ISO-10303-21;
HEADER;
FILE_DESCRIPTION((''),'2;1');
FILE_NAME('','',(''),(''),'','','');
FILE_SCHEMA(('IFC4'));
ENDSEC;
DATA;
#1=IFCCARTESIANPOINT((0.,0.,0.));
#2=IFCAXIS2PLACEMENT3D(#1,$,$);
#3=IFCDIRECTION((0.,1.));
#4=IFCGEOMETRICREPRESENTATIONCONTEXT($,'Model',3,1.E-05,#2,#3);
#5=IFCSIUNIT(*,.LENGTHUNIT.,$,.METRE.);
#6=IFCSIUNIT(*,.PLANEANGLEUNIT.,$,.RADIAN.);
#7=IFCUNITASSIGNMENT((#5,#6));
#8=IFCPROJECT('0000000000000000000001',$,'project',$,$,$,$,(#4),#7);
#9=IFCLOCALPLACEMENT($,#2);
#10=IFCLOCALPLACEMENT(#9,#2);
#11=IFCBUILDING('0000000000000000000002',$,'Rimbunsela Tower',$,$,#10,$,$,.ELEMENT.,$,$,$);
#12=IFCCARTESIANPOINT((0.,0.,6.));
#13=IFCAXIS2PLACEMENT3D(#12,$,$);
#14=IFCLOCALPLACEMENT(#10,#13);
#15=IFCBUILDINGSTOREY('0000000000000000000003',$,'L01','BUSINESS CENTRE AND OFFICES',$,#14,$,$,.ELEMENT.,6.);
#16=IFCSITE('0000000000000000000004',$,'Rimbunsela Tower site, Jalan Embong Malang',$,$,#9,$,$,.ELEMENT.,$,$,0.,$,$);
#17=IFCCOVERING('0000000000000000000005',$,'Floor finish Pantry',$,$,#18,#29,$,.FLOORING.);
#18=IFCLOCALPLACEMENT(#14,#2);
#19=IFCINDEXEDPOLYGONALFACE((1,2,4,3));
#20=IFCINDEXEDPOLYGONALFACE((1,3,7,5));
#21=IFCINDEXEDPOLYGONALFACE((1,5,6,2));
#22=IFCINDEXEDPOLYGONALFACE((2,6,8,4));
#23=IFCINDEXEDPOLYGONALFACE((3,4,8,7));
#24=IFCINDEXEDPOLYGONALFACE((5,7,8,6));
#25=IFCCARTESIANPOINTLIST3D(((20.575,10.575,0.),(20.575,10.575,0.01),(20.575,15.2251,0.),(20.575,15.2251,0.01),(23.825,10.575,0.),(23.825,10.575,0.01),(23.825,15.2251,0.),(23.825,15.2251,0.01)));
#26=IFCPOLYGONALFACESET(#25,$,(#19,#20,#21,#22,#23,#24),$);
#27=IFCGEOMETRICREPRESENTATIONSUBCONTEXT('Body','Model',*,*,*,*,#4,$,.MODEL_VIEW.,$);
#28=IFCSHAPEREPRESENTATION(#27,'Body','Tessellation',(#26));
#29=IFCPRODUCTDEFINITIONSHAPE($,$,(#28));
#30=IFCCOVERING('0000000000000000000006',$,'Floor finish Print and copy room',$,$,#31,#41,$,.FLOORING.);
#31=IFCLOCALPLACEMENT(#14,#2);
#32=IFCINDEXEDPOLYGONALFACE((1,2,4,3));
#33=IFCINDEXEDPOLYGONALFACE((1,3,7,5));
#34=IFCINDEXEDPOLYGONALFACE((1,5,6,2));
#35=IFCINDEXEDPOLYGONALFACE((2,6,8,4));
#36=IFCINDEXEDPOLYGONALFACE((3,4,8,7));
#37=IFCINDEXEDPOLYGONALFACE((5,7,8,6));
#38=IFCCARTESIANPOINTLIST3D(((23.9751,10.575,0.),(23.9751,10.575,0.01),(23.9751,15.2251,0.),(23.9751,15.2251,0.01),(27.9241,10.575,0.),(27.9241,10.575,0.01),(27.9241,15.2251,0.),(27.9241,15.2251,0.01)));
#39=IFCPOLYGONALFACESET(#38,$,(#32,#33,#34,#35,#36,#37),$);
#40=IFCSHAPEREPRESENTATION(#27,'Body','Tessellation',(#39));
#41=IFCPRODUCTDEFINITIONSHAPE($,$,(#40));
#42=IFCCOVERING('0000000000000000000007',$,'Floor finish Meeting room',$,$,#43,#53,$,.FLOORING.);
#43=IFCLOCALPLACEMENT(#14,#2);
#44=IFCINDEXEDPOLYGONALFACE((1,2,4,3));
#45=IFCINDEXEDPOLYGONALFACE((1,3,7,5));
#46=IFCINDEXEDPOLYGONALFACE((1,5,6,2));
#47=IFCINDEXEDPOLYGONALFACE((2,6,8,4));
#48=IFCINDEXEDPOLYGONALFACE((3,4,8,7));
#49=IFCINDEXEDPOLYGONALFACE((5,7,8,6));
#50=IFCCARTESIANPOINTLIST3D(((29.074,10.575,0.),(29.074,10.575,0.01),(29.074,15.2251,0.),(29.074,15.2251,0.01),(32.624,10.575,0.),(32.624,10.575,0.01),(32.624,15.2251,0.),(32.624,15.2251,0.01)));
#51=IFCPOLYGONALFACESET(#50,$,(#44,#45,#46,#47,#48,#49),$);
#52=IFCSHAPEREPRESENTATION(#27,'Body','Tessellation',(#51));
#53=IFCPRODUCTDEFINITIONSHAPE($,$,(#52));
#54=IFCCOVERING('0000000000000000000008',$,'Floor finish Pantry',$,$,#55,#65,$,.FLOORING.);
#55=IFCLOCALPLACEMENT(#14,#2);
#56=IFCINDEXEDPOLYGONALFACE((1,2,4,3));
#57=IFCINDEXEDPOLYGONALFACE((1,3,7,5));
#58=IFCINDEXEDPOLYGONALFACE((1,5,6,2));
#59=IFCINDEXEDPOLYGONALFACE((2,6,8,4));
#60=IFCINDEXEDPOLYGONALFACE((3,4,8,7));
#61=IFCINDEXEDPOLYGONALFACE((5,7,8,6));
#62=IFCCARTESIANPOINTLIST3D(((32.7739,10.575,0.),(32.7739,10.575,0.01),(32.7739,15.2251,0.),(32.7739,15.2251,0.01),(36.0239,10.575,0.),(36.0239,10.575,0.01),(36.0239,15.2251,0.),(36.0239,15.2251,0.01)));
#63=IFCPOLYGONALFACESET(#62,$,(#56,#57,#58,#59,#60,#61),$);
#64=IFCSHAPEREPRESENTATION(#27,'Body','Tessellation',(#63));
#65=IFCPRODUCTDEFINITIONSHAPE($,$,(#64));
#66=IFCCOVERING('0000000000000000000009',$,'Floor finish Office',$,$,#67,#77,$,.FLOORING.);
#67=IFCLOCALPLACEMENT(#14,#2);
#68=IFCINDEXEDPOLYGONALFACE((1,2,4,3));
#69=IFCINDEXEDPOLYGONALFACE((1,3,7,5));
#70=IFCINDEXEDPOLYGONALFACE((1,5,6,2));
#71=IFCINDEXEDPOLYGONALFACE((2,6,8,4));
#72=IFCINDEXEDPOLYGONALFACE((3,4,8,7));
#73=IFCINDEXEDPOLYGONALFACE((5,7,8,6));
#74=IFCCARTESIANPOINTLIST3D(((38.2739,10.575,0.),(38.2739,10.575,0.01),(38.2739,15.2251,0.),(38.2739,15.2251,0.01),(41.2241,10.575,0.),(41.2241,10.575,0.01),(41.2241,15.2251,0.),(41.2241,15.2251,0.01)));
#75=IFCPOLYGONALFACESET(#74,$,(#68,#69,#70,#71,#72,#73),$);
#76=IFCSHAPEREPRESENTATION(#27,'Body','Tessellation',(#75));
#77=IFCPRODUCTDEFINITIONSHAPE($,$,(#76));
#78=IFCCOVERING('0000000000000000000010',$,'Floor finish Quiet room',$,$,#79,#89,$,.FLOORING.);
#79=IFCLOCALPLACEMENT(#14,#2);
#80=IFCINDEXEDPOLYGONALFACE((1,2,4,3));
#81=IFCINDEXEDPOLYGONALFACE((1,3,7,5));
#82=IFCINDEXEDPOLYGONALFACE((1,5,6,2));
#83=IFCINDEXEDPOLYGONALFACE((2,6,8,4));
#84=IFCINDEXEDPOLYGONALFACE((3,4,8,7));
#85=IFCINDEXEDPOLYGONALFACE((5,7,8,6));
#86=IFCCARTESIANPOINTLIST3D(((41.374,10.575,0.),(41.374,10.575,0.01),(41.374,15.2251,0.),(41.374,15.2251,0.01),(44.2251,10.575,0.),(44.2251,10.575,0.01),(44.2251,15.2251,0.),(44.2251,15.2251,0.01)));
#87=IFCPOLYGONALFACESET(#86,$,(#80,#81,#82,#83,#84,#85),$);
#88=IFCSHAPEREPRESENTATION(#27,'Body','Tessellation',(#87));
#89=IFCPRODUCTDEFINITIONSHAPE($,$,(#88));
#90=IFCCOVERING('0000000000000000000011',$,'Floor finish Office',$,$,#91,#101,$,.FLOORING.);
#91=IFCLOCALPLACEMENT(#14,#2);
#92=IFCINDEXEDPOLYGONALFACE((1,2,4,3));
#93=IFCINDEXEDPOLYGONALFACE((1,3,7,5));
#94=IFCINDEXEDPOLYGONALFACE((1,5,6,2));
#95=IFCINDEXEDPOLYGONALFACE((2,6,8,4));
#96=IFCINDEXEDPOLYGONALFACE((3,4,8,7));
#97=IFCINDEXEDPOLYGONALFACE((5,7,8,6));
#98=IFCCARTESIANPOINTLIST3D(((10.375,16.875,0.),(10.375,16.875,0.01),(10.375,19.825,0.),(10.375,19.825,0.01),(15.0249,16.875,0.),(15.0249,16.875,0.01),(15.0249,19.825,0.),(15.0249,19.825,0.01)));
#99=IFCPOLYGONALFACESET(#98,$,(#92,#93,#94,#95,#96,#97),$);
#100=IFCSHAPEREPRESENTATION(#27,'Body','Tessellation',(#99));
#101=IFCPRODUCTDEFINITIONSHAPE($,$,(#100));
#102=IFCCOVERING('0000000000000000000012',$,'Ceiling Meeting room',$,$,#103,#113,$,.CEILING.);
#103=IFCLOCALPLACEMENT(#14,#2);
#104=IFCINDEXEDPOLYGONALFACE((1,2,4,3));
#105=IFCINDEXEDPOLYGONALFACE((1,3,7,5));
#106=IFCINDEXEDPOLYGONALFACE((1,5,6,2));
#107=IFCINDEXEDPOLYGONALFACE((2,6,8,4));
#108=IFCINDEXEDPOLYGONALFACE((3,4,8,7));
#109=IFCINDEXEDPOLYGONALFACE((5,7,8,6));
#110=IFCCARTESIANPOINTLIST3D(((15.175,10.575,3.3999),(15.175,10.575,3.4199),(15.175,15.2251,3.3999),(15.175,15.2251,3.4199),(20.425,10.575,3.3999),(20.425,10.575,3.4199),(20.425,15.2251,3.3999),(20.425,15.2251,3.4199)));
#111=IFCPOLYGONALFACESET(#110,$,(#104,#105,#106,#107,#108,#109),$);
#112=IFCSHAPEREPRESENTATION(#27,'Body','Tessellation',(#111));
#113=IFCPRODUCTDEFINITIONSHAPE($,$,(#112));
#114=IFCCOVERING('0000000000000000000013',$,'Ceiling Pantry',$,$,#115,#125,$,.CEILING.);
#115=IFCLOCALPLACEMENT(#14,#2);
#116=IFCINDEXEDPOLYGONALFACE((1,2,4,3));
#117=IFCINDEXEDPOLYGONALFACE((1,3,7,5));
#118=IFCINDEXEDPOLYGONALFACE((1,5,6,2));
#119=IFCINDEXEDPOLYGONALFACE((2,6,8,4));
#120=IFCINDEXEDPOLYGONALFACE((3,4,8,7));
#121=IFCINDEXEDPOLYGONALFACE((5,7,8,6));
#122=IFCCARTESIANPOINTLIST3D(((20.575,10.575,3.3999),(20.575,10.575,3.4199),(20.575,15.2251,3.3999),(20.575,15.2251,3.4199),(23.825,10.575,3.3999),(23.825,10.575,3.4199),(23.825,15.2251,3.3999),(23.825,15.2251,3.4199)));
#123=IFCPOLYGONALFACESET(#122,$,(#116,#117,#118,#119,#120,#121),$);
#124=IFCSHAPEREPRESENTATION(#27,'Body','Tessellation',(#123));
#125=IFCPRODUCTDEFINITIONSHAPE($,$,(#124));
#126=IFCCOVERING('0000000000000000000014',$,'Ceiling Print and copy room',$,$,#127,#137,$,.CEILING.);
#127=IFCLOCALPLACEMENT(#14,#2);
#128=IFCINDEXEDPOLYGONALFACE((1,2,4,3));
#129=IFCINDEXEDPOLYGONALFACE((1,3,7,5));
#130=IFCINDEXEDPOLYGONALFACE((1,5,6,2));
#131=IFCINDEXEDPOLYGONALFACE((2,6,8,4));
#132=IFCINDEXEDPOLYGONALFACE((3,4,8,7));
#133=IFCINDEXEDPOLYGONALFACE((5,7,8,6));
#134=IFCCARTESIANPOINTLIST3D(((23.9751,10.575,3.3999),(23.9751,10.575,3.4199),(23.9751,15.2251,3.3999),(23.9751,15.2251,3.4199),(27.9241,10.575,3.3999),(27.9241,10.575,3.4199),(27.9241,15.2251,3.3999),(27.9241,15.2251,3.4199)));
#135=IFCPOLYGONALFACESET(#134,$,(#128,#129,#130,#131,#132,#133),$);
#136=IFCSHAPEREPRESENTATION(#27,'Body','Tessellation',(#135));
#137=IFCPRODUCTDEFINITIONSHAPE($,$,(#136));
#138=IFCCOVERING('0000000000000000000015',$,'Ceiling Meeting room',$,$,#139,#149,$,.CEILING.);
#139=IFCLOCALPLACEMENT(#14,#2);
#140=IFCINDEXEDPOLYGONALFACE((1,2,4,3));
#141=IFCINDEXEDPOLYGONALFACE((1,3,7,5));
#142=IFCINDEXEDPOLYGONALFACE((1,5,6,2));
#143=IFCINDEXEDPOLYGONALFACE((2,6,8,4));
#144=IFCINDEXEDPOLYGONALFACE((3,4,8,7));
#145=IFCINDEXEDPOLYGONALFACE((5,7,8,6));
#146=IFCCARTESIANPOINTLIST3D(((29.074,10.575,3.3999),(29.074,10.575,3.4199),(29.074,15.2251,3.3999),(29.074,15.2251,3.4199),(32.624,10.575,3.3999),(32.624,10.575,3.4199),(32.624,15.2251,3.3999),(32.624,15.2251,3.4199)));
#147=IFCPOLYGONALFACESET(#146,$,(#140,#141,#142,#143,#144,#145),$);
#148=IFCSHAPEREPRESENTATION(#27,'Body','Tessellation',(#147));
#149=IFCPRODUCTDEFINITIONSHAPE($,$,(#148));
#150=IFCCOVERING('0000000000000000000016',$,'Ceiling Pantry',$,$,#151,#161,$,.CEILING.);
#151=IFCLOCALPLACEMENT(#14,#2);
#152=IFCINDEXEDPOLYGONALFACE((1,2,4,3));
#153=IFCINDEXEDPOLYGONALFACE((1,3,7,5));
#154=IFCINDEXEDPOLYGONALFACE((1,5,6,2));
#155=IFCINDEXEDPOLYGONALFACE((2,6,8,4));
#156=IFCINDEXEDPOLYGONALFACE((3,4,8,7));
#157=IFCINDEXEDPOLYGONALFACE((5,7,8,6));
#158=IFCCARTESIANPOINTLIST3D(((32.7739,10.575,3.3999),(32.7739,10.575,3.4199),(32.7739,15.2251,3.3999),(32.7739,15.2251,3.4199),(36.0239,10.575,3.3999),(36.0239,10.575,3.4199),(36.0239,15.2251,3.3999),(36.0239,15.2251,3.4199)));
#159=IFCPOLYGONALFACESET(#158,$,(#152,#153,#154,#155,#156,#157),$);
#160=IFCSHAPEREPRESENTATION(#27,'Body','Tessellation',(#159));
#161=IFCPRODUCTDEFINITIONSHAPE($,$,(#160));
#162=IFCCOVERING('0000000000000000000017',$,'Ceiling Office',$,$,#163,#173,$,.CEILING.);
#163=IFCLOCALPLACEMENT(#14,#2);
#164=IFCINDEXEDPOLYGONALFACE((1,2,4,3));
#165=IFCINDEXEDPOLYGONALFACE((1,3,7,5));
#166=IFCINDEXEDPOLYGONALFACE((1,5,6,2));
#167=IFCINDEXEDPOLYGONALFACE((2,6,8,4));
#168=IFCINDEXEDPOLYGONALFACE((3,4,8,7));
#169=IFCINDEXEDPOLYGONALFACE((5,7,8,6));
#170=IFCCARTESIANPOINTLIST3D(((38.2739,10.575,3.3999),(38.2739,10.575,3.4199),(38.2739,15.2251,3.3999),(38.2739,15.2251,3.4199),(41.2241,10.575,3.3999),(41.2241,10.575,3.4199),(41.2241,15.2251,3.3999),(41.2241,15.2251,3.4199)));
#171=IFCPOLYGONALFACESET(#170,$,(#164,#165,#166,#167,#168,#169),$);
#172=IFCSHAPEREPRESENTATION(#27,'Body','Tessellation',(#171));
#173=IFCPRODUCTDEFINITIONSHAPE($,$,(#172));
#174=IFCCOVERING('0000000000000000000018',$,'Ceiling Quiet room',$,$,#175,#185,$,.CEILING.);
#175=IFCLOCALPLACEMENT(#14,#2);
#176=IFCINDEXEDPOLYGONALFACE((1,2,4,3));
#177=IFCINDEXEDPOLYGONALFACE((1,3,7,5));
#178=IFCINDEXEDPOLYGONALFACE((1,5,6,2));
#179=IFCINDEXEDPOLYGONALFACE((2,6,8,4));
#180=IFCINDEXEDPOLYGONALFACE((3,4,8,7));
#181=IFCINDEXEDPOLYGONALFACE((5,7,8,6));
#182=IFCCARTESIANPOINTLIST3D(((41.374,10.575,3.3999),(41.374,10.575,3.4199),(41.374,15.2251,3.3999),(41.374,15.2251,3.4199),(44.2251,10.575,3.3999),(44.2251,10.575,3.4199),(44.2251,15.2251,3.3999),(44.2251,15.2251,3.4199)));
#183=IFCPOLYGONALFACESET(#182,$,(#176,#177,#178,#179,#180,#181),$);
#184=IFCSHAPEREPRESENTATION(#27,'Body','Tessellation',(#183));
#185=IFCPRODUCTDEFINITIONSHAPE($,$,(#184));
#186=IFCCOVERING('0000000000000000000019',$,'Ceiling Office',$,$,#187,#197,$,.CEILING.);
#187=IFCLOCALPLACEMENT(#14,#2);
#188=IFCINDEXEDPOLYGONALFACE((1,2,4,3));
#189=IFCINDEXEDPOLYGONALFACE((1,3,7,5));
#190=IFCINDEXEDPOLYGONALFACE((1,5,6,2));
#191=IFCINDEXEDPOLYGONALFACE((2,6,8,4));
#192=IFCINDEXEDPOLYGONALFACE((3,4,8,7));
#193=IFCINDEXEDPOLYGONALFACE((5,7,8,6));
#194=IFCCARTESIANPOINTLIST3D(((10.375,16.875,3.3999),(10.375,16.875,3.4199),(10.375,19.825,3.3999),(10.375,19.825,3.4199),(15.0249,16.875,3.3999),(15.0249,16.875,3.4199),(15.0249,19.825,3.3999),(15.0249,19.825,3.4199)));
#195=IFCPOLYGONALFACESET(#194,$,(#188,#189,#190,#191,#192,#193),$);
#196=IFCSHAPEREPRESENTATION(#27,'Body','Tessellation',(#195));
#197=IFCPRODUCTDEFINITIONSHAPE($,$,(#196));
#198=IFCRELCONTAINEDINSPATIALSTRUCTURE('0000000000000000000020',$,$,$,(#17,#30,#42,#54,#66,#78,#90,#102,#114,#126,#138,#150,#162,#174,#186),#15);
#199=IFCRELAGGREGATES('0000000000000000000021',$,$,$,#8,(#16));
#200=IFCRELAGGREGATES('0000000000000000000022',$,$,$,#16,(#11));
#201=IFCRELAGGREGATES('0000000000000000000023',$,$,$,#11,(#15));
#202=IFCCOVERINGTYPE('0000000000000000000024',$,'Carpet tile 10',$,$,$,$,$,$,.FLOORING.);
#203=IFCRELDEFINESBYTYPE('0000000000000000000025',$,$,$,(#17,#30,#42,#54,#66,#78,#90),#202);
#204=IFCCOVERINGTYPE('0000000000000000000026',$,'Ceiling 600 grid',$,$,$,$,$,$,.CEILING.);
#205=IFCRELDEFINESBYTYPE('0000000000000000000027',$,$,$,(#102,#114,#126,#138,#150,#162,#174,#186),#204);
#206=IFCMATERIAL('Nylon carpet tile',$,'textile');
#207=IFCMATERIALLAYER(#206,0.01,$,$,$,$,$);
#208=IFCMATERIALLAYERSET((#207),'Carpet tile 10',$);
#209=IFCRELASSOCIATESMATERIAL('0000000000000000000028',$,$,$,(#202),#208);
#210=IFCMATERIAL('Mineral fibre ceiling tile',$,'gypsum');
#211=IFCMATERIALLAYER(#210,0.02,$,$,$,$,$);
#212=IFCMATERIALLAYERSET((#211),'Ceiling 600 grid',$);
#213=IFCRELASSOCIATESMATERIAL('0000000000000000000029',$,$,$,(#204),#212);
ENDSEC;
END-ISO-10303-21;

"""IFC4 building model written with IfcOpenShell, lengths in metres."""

from ifc_helpers import new_model, si_unit, direction, frame, origin, place, context, subcontext, project, spatial, polyline, outline, extrude, material, layer, layer_set, type_object, element, save


model = new_model("IFC4")

# Units and contexts
model_context = context("Model", 3, precision=1e-05, world=origin(), true_north=direction((0.0, 1.0)))
body_context = subcontext(model_context, "Body", "Model", "MODEL_VIEW")
ifc_project = project(units=[si_unit("LENGTHUNIT", "METRE"), si_unit("PLANEANGLEUNIT", "RADIAN")], contexts=[model_context])

# Site, building, storey
site_placement = place(None, origin())
site = spatial("IfcSite", under=ifc_project, at=site_placement, Name="Rimbunsela Tower site, Jalan Embong Malang", CompositionType="ELEMENT", RefElevation=0.0)
building_placement = place(site_placement, origin())
building = spatial("IfcBuilding", under=site, at=building_placement, Name="Rimbunsela Tower", CompositionType="ELEMENT")
storey_placement = place(building_placement, frame((0.0, 0.0, 6.0)))
storey = spatial("IfcBuildingStorey", under=building, at=storey_placement, Name="L01", Description="BUSINESS CENTRE AND OFFICES", CompositionType="ELEMENT", Elevation=6.0)

# Coverings
ifc_material_1 = material(Name="Nylon carpet tile", Category="textile")
ifc_layer_1 = layer(ifc_material_1, 0.01)
ifc_layer_set_1 = layer_set([ifc_layer_1], Name="Carpet tile 10")
covering_type_1 = type_object("IfcCoveringType", Name="Carpet tile 10", PredefinedType="FLOORING", material=ifc_layer_set_1)
covering_1_placement = place(storey_placement, origin())
element("IfcCovering", 1, at=covering_1_placement, inside=storey, type_object=covering_type_1, Name="Floor finish Pantry", PredefinedType="FLOORING", context=body_context, shape_type="SweptSolid", body=[
    extrude(outline(polyline([(23.825, 10.575), (23.825, 15.2251), (20.575, 15.2251), (20.575, 10.575), (23.825, 10.575)])), origin(), (0.0, 0.0, 1.0), 0.01),
])
covering_2_placement = place(storey_placement, origin())
element("IfcCovering", 2, at=covering_2_placement, inside=storey, type_object=covering_type_1, Name="Floor finish Print and copy room", PredefinedType="FLOORING", context=body_context, shape_type="SweptSolid", body=[
    extrude(outline(polyline([(27.9241, 10.575), (27.9241, 15.2251), (23.9751, 15.2251), (23.9751, 10.575), (27.9241, 10.575)])), origin(), (0.0, 0.0, 1.0), 0.01),
])
covering_3_placement = place(storey_placement, origin())
element("IfcCovering", 3, at=covering_3_placement, inside=storey, type_object=covering_type_1, Name="Floor finish Meeting room", PredefinedType="FLOORING", context=body_context, shape_type="SweptSolid", body=[
    extrude(outline(polyline([(32.624, 10.575), (32.624, 15.2251), (29.074, 15.2251), (29.074, 10.575), (32.624, 10.575)])), origin(), (0.0, 0.0, 1.0), 0.01),
])
covering_4_placement = place(storey_placement, origin())
element("IfcCovering", 4, at=covering_4_placement, inside=storey, type_object=covering_type_1, Name="Floor finish Pantry", PredefinedType="FLOORING", context=body_context, shape_type="SweptSolid", body=[
    extrude(outline(polyline([(36.0239, 10.575), (36.0239, 15.2251), (32.7739, 15.2251), (32.7739, 10.575), (36.0239, 10.575)])), origin(), (0.0, 0.0, 1.0), 0.01),
])
covering_5_placement = place(storey_placement, origin())
element("IfcCovering", 5, at=covering_5_placement, inside=storey, type_object=covering_type_1, Name="Floor finish Office", PredefinedType="FLOORING", context=body_context, shape_type="SweptSolid", body=[
    extrude(outline(polyline([(41.2241, 10.575), (41.2241, 15.2251), (38.2739, 15.2251), (38.2739, 10.575), (41.2241, 10.575)])), origin(), (0.0, 0.0, 1.0), 0.01),
])
covering_6_placement = place(storey_placement, origin())
element("IfcCovering", 6, at=covering_6_placement, inside=storey, type_object=covering_type_1, Name="Floor finish Quiet room", PredefinedType="FLOORING", context=body_context, shape_type="SweptSolid", body=[
    extrude(outline(polyline([(44.2251, 10.575), (44.2251, 15.2251), (41.374, 15.2251), (41.374, 10.575), (44.2251, 10.575)])), origin(), (0.0, 0.0, 1.0), 0.01),
])
covering_7_placement = place(storey_placement, origin())
element("IfcCovering", 7, at=covering_7_placement, inside=storey, type_object=covering_type_1, Name="Floor finish Office", PredefinedType="FLOORING", context=body_context, shape_type="SweptSolid", body=[
    extrude(outline(polyline([(15.0249, 16.875), (15.0249, 19.825), (10.375, 19.825), (10.375, 16.875), (15.0249, 16.875)])), origin(), (0.0, 0.0, 1.0), 0.01),
])
ifc_material_2 = material(Name="Mineral fibre ceiling tile", Category="gypsum")
ifc_layer_2 = layer(ifc_material_2, 0.02)
ifc_layer_set_2 = layer_set([ifc_layer_2], Name="Ceiling 600 grid")
covering_type_2 = type_object("IfcCoveringType", Name="Ceiling 600 grid", PredefinedType="CEILING", material=ifc_layer_set_2)
covering_8_placement = place(storey_placement, frame((0.0, 0.0, 3.3999)))
element("IfcCovering", 8, at=covering_8_placement, inside=storey, type_object=covering_type_2, Name="Ceiling Meeting room", PredefinedType="CEILING", context=body_context, shape_type="SweptSolid", body=[
    extrude(outline(polyline([(20.425, 10.575), (20.425, 15.2251), (15.175, 15.2251), (15.175, 10.575), (20.425, 10.575)])), origin(), (0.0, 0.0, 1.0), 0.02),
])
covering_9_placement = place(storey_placement, frame((0.0, 0.0, 3.3999)))
element("IfcCovering", 9, at=covering_9_placement, inside=storey, type_object=covering_type_2, Name="Ceiling Pantry", PredefinedType="CEILING", context=body_context, shape_type="SweptSolid", body=[
    extrude(outline(polyline([(23.825, 10.575), (23.825, 15.2251), (20.575, 15.2251), (20.575, 10.575), (23.825, 10.575)])), origin(), (0.0, 0.0, 1.0), 0.02),
])
covering_10_placement = place(storey_placement, frame((0.0, 0.0, 3.3999)))
element("IfcCovering", 10, at=covering_10_placement, inside=storey, type_object=covering_type_2, Name="Ceiling Print and copy room", PredefinedType="CEILING", context=body_context, shape_type="SweptSolid", body=[
    extrude(outline(polyline([(27.9241, 10.575), (27.9241, 15.2251), (23.9751, 15.2251), (23.9751, 10.575), (27.9241, 10.575)])), origin(), (0.0, 0.0, 1.0), 0.02),
])
covering_11_placement = place(storey_placement, frame((0.0, 0.0, 3.3999)))
element("IfcCovering", 11, at=covering_11_placement, inside=storey, type_object=covering_type_2, Name="Ceiling Meeting room", PredefinedType="CEILING", context=body_context, shape_type="SweptSolid", body=[
    extrude(outline(polyline([(32.624, 10.575), (32.624, 15.2251), (29.074, 15.2251), (29.074, 10.575), (32.624, 10.575)])), origin(), (0.0, 0.0, 1.0), 0.02),
])
covering_12_placement = place(storey_placement, frame((0.0, 0.0, 3.3999)))
element("IfcCovering", 12, at=covering_12_placement, inside=storey, type_object=covering_type_2, Name="Ceiling Pantry", PredefinedType="CEILING", context=body_context, shape_type="SweptSolid", body=[
    extrude(outline(polyline([(36.0239, 10.575), (36.0239, 15.2251), (32.7739, 15.2251), (32.7739, 10.575), (36.0239, 10.575)])), origin(), (0.0, 0.0, 1.0), 0.02),
])
covering_13_placement = place(storey_placement, frame((0.0, 0.0, 3.3999)))
element("IfcCovering", 13, at=covering_13_placement, inside=storey, type_object=covering_type_2, Name="Ceiling Office", PredefinedType="CEILING", context=body_context, shape_type="SweptSolid", body=[
    extrude(outline(polyline([(41.2241, 10.575), (41.2241, 15.2251), (38.2739, 15.2251), (38.2739, 10.575), (41.2241, 10.575)])), origin(), (0.0, 0.0, 1.0), 0.02),
])
covering_14_placement = place(storey_placement, frame((0.0, 0.0, 3.3999)))
element("IfcCovering", 14, at=covering_14_placement, inside=storey, type_object=covering_type_2, Name="Ceiling Quiet room", PredefinedType="CEILING", context=body_context, shape_type="SweptSolid", body=[
    extrude(outline(polyline([(44.2251, 10.575), (44.2251, 15.2251), (41.374, 15.2251), (41.374, 10.575), (44.2251, 10.575)])), origin(), (0.0, 0.0, 1.0), 0.02),
])
covering_15_placement = place(storey_placement, frame((0.0, 0.0, 3.3999)))
element("IfcCovering", 15, at=covering_15_placement, inside=storey, type_object=covering_type_2, Name="Ceiling Office", PredefinedType="CEILING", context=body_context, shape_type="SweptSolid", body=[
    extrude(outline(polyline([(15.0249, 16.875), (15.0249, 19.825), (10.375, 19.825), (10.375, 16.875), (15.0249, 16.875)])), origin(), (0.0, 0.0, 1.0), 0.02),
])

save(model, "model.ifc")
